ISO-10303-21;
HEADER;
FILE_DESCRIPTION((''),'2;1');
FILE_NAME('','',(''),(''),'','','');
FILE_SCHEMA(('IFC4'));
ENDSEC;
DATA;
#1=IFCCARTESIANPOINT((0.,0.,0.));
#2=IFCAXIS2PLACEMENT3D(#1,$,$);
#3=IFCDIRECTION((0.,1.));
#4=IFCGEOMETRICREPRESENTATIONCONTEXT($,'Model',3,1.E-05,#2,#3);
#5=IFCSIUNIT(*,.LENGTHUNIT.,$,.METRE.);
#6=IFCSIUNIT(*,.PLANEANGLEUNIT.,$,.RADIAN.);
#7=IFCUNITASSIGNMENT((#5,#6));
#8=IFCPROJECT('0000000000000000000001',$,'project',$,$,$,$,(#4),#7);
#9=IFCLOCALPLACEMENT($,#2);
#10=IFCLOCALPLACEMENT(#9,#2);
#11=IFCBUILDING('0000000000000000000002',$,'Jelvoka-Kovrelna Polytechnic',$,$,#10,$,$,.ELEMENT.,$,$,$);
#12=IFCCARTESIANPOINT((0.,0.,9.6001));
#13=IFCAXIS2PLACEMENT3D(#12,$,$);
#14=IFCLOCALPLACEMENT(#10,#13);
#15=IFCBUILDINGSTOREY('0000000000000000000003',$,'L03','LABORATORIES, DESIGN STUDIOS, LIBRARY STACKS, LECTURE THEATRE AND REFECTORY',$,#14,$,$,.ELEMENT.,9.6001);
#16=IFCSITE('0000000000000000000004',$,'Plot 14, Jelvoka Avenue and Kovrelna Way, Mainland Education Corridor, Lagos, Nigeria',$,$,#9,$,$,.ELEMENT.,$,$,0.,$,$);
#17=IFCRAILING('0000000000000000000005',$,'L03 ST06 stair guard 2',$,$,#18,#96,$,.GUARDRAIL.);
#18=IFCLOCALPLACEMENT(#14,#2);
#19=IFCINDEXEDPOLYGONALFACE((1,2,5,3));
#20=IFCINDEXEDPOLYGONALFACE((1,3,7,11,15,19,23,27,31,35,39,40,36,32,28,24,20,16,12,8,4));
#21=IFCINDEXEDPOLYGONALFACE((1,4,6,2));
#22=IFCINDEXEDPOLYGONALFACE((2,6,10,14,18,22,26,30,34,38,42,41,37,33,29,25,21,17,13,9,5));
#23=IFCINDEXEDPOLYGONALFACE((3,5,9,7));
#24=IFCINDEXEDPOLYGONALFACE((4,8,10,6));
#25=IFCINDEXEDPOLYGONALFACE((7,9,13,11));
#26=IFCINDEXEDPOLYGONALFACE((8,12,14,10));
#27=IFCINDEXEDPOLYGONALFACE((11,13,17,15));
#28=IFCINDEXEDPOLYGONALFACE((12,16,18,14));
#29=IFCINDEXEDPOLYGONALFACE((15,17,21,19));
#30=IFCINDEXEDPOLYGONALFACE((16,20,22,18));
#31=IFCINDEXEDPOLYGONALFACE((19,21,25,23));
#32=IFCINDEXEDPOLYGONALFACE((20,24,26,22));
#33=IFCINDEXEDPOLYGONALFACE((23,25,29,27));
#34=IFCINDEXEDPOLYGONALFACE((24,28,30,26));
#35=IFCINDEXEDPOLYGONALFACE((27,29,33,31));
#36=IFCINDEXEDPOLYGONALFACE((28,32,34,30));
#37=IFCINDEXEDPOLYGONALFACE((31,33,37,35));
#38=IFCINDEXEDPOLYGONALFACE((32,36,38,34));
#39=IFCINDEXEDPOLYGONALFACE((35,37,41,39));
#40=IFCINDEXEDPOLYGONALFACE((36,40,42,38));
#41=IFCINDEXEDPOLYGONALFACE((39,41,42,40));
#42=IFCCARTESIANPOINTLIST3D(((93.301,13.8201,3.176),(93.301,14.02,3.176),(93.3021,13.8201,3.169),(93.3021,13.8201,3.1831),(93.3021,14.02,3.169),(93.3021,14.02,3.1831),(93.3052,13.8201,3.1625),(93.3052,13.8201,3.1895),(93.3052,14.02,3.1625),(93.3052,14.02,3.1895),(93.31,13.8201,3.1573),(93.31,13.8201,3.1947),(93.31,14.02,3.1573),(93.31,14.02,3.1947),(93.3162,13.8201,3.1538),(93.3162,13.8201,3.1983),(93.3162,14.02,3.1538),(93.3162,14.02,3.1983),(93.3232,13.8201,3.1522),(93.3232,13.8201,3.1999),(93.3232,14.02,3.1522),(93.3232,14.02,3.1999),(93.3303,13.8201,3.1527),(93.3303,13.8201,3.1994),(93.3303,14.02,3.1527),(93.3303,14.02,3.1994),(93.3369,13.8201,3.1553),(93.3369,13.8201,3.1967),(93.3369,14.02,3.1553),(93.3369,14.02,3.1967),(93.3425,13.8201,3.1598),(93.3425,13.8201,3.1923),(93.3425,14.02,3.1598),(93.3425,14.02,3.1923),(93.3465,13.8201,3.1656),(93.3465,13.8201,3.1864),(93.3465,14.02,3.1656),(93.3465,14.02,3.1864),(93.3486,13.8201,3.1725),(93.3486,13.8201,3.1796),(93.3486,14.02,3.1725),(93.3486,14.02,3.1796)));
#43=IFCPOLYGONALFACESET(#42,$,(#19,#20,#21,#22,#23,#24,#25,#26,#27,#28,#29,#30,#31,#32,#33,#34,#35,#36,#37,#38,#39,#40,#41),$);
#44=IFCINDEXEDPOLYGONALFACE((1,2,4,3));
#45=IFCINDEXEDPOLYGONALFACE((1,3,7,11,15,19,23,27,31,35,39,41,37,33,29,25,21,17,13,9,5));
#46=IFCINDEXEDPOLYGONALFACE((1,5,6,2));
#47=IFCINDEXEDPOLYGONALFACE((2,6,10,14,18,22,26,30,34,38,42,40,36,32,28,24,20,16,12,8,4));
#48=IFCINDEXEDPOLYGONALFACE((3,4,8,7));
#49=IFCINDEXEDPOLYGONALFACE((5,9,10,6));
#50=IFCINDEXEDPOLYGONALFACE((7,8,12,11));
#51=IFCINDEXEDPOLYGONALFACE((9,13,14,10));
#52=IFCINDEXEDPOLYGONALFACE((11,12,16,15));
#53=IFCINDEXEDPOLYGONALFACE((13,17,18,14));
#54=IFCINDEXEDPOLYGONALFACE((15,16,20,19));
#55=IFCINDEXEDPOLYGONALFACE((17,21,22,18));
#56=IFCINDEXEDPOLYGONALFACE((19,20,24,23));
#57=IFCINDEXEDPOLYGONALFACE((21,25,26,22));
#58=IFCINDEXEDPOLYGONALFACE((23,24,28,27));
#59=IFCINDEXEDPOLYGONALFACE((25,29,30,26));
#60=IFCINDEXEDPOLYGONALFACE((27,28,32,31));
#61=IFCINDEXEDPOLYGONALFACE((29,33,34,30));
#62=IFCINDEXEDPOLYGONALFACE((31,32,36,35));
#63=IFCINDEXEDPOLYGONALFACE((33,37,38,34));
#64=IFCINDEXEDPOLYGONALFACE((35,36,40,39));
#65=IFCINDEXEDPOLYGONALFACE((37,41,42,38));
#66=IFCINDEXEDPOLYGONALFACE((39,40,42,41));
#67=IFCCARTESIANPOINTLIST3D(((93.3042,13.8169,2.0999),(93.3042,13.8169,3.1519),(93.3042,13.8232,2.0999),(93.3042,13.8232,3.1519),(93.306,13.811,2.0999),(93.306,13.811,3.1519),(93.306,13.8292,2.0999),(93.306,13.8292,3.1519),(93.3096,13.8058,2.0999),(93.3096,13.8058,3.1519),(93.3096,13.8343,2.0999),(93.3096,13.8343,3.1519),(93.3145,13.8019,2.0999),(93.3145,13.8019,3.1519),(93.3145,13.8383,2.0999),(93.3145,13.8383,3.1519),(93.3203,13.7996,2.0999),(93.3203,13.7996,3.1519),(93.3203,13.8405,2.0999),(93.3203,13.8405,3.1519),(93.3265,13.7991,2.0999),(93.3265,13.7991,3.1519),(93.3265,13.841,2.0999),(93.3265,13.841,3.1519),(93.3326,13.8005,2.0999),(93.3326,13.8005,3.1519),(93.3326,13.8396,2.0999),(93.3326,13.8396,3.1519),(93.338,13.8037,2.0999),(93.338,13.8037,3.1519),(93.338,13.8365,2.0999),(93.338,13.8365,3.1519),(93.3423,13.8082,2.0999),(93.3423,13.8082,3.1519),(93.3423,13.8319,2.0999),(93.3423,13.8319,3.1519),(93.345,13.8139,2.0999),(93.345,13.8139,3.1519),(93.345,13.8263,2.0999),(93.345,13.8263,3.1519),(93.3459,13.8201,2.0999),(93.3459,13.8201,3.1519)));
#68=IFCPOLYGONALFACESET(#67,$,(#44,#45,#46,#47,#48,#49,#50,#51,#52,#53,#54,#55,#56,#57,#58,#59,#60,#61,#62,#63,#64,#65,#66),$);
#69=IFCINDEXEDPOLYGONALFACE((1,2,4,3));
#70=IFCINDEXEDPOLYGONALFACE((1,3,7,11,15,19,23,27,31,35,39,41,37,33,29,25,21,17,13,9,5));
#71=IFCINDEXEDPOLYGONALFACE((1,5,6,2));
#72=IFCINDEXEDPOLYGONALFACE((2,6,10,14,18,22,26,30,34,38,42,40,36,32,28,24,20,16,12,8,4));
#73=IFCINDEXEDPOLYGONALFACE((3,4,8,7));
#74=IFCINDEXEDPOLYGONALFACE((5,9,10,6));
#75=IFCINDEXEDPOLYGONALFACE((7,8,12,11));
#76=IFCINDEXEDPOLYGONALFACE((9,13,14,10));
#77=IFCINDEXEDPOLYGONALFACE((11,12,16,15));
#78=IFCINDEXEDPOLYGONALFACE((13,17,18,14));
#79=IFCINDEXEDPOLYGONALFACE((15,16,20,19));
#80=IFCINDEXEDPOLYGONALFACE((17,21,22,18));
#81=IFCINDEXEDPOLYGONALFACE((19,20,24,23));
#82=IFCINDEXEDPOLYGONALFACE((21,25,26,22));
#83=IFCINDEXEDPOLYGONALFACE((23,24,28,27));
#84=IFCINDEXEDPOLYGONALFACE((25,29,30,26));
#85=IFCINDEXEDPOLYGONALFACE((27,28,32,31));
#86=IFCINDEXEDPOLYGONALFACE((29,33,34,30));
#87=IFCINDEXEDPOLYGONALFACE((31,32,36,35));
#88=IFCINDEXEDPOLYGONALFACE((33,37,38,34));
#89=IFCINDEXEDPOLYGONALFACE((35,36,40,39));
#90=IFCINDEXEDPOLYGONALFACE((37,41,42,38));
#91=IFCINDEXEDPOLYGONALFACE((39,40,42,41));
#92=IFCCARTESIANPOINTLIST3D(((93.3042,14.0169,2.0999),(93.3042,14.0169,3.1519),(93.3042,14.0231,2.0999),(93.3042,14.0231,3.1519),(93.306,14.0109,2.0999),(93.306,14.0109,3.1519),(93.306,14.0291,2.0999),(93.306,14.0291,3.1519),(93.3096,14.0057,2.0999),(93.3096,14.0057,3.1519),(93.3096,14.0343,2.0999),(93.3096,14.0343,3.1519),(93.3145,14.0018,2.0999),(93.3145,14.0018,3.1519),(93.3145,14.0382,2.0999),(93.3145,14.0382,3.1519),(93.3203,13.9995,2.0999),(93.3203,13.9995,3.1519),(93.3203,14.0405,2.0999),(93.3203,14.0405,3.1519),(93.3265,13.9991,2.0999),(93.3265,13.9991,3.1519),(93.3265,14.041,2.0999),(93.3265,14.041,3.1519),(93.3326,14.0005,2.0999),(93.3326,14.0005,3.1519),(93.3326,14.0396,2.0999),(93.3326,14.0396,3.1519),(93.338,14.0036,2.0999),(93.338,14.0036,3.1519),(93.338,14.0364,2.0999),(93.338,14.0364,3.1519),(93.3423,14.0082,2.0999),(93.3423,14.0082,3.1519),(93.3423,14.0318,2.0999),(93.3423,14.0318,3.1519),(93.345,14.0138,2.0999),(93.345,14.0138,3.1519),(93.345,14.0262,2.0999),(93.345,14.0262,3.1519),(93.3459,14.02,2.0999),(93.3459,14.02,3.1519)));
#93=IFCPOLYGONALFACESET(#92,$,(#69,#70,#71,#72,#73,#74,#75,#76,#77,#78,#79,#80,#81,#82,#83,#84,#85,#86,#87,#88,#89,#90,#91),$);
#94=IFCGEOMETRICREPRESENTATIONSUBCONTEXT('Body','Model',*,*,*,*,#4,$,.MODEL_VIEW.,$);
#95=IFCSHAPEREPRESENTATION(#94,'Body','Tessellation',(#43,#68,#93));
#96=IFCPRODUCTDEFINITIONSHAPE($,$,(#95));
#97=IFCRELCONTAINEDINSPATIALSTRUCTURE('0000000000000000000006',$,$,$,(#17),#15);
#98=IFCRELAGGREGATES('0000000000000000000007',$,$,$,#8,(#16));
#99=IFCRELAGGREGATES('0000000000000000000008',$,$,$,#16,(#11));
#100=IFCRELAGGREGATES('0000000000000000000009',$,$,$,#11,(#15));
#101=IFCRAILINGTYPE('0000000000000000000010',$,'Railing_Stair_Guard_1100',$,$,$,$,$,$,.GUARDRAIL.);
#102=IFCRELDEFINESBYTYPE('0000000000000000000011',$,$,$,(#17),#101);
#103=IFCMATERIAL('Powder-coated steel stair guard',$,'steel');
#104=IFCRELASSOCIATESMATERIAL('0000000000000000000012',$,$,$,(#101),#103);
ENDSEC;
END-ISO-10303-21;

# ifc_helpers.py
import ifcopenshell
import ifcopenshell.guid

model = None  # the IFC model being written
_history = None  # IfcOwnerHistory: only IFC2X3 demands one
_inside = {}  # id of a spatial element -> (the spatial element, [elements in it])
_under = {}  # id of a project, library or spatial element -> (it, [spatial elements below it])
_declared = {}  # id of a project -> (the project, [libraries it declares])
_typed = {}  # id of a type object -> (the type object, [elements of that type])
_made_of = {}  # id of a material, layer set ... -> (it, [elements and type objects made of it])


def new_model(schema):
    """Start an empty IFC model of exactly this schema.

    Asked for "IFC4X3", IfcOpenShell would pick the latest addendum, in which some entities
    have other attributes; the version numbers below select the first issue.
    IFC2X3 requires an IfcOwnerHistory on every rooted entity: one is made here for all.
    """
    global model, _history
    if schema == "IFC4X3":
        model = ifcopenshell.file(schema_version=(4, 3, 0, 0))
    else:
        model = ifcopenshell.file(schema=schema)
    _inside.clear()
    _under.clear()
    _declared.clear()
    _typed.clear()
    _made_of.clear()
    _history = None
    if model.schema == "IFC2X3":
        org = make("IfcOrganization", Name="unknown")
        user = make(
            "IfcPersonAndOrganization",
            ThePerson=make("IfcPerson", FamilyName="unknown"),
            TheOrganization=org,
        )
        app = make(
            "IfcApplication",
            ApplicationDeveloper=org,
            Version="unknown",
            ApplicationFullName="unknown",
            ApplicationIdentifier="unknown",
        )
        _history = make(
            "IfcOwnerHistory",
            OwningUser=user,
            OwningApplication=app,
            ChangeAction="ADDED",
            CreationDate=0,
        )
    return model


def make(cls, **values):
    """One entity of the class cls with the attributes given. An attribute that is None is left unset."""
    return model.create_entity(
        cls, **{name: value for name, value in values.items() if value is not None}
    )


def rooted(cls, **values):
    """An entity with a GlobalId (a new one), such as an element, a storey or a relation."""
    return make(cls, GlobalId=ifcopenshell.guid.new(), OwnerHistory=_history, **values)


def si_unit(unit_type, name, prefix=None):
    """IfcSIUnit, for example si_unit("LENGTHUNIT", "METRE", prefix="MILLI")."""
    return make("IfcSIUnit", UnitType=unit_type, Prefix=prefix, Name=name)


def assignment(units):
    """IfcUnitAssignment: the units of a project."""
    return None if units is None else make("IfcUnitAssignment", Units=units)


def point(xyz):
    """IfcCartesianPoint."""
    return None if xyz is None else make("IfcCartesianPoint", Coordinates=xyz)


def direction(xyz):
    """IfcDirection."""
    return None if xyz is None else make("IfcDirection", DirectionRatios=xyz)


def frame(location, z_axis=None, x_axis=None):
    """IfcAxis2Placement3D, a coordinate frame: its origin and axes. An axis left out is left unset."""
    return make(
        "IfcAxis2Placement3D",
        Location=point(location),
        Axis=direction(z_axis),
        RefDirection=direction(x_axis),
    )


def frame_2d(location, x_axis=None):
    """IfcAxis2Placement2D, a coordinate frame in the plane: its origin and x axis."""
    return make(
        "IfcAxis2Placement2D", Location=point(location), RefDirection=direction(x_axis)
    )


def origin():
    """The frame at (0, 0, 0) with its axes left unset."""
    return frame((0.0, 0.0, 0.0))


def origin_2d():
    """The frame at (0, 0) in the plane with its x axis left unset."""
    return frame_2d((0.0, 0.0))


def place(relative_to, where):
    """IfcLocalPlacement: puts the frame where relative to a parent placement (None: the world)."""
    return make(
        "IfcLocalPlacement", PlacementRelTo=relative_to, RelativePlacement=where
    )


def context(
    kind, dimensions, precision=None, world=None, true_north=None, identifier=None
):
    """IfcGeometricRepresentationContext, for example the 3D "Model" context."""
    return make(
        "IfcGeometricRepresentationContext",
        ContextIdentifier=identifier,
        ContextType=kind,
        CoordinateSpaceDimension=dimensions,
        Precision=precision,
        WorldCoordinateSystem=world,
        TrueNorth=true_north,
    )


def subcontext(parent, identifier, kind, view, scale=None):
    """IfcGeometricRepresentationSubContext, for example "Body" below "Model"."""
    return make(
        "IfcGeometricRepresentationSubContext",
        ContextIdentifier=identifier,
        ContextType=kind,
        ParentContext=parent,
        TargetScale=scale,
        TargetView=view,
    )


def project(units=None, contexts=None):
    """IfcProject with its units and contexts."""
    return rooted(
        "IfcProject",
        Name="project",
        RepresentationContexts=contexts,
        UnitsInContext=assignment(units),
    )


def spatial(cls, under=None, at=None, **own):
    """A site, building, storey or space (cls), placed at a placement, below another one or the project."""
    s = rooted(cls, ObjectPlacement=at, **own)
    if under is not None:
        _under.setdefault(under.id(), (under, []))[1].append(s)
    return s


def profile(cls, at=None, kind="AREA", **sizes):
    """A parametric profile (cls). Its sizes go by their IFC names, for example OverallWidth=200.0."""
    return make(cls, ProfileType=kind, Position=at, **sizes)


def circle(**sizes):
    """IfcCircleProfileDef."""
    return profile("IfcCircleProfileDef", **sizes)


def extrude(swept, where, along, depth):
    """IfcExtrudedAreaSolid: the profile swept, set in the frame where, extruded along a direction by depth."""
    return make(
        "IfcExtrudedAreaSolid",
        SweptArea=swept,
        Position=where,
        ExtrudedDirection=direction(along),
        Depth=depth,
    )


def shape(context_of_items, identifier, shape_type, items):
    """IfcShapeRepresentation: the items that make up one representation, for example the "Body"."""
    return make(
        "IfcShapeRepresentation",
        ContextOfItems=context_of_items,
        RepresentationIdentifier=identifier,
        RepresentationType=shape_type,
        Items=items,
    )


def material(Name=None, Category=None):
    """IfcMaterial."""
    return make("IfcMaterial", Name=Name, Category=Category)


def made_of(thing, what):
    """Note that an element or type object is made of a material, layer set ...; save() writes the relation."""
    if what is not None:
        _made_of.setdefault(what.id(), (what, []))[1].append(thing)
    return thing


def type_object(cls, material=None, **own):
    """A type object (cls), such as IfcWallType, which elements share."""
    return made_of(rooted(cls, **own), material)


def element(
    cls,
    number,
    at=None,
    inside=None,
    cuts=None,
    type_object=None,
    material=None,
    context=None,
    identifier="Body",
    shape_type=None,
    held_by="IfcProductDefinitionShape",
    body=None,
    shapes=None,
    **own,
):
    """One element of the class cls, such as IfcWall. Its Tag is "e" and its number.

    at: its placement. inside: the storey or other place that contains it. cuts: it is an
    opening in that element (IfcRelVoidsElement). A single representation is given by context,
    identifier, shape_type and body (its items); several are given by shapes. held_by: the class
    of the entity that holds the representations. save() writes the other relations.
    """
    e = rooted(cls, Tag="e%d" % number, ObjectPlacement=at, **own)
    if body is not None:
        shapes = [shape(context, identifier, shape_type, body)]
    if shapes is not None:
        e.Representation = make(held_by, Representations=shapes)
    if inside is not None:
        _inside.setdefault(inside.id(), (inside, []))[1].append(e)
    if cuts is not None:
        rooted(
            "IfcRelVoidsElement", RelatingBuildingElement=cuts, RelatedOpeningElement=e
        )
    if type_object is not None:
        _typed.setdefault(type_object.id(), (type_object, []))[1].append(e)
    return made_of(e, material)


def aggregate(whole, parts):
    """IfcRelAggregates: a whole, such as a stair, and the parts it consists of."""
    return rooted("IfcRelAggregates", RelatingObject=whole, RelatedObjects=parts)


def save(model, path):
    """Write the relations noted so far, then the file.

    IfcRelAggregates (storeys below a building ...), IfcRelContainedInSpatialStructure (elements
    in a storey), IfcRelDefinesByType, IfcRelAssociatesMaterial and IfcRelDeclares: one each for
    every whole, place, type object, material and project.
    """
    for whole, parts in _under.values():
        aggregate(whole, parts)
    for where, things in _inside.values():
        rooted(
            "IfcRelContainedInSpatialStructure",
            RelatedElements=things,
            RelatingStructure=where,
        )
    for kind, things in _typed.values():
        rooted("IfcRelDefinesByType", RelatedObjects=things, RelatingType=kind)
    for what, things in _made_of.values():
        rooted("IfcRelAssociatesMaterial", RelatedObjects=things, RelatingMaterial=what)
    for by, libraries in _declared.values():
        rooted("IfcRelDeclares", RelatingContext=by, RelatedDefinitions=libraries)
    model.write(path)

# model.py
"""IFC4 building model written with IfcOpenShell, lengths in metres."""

from ifc_helpers import new_model, si_unit, direction, frame, origin, origin_2d, place, context, subcontext, project, spatial, circle, extrude, material, type_object, element, save


model = new_model("IFC4")

# Units and contexts
model_context = context("Model", 3, precision=1e-05, world=origin(), true_north=direction((0.0, 1.0)))
body_context = subcontext(model_context, "Body", "Model", "MODEL_VIEW")
ifc_project = project(units=[si_unit("LENGTHUNIT", "METRE"), si_unit("PLANEANGLEUNIT", "RADIAN")], contexts=[model_context])

# Site, building, storey
site_placement = place(None, origin())
site = spatial("IfcSite", under=ifc_project, at=site_placement, Name="Plot 14, Jelvoka Avenue and Kovrelna Way, Mainland Education Corridor, Lagos, Nigeria", CompositionType="ELEMENT", RefElevation=0.0)
building_placement = place(site_placement, origin())
building = spatial("IfcBuilding", under=site, at=building_placement, Name="Jelvoka-Kovrelna Polytechnic", CompositionType="ELEMENT")
storey_placement = place(building_placement, frame((0.0, 0.0, 9.6001)))
storey = spatial("IfcBuildingStorey", under=building, at=storey_placement, Name="L03", Description="LABORATORIES, DESIGN STUDIOS, LIBRARY STACKS, LECTURE THEATRE AND REFECTORY", CompositionType="ELEMENT", Elevation=9.6001)

# Railing
ifc_material_1 = material(Name="Powder-coated steel stair guard", Category="steel")
railing_type_1 = type_object("IfcRailingType", Name="Railing_Stair_Guard_1100", PredefinedType="GUARDRAIL", material=ifc_material_1)
railing_1_placement = place(storey_placement, frame((93.325, 13.8201, 2.0999)))
element("IfcRailing", 1, at=railing_1_placement, inside=storey, type_object=railing_type_1, Name="L03 ST06 stair guard 2", PredefinedType="GUARDRAIL", context=body_context, shape_type="SweptSolid", body=[
    extrude(circle(Radius=0.0239, at=origin_2d()), frame((0.0, 0.0, 1.0762), z_axis=(0.0, 1.0, 0.0), x_axis=(-1.0, 0.0, 0.0)), (0.0, 0.0, 1.0), 0.2),
    extrude(circle(Radius=0.021, at=origin_2d()), origin(), (0.0, 0.0, 1.0), 1.052),
    extrude(circle(Radius=0.021, at=origin_2d()), frame((0.0, 0.2, 0.0)), (0.0, 0.0, 1.0), 1.052),
])

save(model, "model.ifc")
